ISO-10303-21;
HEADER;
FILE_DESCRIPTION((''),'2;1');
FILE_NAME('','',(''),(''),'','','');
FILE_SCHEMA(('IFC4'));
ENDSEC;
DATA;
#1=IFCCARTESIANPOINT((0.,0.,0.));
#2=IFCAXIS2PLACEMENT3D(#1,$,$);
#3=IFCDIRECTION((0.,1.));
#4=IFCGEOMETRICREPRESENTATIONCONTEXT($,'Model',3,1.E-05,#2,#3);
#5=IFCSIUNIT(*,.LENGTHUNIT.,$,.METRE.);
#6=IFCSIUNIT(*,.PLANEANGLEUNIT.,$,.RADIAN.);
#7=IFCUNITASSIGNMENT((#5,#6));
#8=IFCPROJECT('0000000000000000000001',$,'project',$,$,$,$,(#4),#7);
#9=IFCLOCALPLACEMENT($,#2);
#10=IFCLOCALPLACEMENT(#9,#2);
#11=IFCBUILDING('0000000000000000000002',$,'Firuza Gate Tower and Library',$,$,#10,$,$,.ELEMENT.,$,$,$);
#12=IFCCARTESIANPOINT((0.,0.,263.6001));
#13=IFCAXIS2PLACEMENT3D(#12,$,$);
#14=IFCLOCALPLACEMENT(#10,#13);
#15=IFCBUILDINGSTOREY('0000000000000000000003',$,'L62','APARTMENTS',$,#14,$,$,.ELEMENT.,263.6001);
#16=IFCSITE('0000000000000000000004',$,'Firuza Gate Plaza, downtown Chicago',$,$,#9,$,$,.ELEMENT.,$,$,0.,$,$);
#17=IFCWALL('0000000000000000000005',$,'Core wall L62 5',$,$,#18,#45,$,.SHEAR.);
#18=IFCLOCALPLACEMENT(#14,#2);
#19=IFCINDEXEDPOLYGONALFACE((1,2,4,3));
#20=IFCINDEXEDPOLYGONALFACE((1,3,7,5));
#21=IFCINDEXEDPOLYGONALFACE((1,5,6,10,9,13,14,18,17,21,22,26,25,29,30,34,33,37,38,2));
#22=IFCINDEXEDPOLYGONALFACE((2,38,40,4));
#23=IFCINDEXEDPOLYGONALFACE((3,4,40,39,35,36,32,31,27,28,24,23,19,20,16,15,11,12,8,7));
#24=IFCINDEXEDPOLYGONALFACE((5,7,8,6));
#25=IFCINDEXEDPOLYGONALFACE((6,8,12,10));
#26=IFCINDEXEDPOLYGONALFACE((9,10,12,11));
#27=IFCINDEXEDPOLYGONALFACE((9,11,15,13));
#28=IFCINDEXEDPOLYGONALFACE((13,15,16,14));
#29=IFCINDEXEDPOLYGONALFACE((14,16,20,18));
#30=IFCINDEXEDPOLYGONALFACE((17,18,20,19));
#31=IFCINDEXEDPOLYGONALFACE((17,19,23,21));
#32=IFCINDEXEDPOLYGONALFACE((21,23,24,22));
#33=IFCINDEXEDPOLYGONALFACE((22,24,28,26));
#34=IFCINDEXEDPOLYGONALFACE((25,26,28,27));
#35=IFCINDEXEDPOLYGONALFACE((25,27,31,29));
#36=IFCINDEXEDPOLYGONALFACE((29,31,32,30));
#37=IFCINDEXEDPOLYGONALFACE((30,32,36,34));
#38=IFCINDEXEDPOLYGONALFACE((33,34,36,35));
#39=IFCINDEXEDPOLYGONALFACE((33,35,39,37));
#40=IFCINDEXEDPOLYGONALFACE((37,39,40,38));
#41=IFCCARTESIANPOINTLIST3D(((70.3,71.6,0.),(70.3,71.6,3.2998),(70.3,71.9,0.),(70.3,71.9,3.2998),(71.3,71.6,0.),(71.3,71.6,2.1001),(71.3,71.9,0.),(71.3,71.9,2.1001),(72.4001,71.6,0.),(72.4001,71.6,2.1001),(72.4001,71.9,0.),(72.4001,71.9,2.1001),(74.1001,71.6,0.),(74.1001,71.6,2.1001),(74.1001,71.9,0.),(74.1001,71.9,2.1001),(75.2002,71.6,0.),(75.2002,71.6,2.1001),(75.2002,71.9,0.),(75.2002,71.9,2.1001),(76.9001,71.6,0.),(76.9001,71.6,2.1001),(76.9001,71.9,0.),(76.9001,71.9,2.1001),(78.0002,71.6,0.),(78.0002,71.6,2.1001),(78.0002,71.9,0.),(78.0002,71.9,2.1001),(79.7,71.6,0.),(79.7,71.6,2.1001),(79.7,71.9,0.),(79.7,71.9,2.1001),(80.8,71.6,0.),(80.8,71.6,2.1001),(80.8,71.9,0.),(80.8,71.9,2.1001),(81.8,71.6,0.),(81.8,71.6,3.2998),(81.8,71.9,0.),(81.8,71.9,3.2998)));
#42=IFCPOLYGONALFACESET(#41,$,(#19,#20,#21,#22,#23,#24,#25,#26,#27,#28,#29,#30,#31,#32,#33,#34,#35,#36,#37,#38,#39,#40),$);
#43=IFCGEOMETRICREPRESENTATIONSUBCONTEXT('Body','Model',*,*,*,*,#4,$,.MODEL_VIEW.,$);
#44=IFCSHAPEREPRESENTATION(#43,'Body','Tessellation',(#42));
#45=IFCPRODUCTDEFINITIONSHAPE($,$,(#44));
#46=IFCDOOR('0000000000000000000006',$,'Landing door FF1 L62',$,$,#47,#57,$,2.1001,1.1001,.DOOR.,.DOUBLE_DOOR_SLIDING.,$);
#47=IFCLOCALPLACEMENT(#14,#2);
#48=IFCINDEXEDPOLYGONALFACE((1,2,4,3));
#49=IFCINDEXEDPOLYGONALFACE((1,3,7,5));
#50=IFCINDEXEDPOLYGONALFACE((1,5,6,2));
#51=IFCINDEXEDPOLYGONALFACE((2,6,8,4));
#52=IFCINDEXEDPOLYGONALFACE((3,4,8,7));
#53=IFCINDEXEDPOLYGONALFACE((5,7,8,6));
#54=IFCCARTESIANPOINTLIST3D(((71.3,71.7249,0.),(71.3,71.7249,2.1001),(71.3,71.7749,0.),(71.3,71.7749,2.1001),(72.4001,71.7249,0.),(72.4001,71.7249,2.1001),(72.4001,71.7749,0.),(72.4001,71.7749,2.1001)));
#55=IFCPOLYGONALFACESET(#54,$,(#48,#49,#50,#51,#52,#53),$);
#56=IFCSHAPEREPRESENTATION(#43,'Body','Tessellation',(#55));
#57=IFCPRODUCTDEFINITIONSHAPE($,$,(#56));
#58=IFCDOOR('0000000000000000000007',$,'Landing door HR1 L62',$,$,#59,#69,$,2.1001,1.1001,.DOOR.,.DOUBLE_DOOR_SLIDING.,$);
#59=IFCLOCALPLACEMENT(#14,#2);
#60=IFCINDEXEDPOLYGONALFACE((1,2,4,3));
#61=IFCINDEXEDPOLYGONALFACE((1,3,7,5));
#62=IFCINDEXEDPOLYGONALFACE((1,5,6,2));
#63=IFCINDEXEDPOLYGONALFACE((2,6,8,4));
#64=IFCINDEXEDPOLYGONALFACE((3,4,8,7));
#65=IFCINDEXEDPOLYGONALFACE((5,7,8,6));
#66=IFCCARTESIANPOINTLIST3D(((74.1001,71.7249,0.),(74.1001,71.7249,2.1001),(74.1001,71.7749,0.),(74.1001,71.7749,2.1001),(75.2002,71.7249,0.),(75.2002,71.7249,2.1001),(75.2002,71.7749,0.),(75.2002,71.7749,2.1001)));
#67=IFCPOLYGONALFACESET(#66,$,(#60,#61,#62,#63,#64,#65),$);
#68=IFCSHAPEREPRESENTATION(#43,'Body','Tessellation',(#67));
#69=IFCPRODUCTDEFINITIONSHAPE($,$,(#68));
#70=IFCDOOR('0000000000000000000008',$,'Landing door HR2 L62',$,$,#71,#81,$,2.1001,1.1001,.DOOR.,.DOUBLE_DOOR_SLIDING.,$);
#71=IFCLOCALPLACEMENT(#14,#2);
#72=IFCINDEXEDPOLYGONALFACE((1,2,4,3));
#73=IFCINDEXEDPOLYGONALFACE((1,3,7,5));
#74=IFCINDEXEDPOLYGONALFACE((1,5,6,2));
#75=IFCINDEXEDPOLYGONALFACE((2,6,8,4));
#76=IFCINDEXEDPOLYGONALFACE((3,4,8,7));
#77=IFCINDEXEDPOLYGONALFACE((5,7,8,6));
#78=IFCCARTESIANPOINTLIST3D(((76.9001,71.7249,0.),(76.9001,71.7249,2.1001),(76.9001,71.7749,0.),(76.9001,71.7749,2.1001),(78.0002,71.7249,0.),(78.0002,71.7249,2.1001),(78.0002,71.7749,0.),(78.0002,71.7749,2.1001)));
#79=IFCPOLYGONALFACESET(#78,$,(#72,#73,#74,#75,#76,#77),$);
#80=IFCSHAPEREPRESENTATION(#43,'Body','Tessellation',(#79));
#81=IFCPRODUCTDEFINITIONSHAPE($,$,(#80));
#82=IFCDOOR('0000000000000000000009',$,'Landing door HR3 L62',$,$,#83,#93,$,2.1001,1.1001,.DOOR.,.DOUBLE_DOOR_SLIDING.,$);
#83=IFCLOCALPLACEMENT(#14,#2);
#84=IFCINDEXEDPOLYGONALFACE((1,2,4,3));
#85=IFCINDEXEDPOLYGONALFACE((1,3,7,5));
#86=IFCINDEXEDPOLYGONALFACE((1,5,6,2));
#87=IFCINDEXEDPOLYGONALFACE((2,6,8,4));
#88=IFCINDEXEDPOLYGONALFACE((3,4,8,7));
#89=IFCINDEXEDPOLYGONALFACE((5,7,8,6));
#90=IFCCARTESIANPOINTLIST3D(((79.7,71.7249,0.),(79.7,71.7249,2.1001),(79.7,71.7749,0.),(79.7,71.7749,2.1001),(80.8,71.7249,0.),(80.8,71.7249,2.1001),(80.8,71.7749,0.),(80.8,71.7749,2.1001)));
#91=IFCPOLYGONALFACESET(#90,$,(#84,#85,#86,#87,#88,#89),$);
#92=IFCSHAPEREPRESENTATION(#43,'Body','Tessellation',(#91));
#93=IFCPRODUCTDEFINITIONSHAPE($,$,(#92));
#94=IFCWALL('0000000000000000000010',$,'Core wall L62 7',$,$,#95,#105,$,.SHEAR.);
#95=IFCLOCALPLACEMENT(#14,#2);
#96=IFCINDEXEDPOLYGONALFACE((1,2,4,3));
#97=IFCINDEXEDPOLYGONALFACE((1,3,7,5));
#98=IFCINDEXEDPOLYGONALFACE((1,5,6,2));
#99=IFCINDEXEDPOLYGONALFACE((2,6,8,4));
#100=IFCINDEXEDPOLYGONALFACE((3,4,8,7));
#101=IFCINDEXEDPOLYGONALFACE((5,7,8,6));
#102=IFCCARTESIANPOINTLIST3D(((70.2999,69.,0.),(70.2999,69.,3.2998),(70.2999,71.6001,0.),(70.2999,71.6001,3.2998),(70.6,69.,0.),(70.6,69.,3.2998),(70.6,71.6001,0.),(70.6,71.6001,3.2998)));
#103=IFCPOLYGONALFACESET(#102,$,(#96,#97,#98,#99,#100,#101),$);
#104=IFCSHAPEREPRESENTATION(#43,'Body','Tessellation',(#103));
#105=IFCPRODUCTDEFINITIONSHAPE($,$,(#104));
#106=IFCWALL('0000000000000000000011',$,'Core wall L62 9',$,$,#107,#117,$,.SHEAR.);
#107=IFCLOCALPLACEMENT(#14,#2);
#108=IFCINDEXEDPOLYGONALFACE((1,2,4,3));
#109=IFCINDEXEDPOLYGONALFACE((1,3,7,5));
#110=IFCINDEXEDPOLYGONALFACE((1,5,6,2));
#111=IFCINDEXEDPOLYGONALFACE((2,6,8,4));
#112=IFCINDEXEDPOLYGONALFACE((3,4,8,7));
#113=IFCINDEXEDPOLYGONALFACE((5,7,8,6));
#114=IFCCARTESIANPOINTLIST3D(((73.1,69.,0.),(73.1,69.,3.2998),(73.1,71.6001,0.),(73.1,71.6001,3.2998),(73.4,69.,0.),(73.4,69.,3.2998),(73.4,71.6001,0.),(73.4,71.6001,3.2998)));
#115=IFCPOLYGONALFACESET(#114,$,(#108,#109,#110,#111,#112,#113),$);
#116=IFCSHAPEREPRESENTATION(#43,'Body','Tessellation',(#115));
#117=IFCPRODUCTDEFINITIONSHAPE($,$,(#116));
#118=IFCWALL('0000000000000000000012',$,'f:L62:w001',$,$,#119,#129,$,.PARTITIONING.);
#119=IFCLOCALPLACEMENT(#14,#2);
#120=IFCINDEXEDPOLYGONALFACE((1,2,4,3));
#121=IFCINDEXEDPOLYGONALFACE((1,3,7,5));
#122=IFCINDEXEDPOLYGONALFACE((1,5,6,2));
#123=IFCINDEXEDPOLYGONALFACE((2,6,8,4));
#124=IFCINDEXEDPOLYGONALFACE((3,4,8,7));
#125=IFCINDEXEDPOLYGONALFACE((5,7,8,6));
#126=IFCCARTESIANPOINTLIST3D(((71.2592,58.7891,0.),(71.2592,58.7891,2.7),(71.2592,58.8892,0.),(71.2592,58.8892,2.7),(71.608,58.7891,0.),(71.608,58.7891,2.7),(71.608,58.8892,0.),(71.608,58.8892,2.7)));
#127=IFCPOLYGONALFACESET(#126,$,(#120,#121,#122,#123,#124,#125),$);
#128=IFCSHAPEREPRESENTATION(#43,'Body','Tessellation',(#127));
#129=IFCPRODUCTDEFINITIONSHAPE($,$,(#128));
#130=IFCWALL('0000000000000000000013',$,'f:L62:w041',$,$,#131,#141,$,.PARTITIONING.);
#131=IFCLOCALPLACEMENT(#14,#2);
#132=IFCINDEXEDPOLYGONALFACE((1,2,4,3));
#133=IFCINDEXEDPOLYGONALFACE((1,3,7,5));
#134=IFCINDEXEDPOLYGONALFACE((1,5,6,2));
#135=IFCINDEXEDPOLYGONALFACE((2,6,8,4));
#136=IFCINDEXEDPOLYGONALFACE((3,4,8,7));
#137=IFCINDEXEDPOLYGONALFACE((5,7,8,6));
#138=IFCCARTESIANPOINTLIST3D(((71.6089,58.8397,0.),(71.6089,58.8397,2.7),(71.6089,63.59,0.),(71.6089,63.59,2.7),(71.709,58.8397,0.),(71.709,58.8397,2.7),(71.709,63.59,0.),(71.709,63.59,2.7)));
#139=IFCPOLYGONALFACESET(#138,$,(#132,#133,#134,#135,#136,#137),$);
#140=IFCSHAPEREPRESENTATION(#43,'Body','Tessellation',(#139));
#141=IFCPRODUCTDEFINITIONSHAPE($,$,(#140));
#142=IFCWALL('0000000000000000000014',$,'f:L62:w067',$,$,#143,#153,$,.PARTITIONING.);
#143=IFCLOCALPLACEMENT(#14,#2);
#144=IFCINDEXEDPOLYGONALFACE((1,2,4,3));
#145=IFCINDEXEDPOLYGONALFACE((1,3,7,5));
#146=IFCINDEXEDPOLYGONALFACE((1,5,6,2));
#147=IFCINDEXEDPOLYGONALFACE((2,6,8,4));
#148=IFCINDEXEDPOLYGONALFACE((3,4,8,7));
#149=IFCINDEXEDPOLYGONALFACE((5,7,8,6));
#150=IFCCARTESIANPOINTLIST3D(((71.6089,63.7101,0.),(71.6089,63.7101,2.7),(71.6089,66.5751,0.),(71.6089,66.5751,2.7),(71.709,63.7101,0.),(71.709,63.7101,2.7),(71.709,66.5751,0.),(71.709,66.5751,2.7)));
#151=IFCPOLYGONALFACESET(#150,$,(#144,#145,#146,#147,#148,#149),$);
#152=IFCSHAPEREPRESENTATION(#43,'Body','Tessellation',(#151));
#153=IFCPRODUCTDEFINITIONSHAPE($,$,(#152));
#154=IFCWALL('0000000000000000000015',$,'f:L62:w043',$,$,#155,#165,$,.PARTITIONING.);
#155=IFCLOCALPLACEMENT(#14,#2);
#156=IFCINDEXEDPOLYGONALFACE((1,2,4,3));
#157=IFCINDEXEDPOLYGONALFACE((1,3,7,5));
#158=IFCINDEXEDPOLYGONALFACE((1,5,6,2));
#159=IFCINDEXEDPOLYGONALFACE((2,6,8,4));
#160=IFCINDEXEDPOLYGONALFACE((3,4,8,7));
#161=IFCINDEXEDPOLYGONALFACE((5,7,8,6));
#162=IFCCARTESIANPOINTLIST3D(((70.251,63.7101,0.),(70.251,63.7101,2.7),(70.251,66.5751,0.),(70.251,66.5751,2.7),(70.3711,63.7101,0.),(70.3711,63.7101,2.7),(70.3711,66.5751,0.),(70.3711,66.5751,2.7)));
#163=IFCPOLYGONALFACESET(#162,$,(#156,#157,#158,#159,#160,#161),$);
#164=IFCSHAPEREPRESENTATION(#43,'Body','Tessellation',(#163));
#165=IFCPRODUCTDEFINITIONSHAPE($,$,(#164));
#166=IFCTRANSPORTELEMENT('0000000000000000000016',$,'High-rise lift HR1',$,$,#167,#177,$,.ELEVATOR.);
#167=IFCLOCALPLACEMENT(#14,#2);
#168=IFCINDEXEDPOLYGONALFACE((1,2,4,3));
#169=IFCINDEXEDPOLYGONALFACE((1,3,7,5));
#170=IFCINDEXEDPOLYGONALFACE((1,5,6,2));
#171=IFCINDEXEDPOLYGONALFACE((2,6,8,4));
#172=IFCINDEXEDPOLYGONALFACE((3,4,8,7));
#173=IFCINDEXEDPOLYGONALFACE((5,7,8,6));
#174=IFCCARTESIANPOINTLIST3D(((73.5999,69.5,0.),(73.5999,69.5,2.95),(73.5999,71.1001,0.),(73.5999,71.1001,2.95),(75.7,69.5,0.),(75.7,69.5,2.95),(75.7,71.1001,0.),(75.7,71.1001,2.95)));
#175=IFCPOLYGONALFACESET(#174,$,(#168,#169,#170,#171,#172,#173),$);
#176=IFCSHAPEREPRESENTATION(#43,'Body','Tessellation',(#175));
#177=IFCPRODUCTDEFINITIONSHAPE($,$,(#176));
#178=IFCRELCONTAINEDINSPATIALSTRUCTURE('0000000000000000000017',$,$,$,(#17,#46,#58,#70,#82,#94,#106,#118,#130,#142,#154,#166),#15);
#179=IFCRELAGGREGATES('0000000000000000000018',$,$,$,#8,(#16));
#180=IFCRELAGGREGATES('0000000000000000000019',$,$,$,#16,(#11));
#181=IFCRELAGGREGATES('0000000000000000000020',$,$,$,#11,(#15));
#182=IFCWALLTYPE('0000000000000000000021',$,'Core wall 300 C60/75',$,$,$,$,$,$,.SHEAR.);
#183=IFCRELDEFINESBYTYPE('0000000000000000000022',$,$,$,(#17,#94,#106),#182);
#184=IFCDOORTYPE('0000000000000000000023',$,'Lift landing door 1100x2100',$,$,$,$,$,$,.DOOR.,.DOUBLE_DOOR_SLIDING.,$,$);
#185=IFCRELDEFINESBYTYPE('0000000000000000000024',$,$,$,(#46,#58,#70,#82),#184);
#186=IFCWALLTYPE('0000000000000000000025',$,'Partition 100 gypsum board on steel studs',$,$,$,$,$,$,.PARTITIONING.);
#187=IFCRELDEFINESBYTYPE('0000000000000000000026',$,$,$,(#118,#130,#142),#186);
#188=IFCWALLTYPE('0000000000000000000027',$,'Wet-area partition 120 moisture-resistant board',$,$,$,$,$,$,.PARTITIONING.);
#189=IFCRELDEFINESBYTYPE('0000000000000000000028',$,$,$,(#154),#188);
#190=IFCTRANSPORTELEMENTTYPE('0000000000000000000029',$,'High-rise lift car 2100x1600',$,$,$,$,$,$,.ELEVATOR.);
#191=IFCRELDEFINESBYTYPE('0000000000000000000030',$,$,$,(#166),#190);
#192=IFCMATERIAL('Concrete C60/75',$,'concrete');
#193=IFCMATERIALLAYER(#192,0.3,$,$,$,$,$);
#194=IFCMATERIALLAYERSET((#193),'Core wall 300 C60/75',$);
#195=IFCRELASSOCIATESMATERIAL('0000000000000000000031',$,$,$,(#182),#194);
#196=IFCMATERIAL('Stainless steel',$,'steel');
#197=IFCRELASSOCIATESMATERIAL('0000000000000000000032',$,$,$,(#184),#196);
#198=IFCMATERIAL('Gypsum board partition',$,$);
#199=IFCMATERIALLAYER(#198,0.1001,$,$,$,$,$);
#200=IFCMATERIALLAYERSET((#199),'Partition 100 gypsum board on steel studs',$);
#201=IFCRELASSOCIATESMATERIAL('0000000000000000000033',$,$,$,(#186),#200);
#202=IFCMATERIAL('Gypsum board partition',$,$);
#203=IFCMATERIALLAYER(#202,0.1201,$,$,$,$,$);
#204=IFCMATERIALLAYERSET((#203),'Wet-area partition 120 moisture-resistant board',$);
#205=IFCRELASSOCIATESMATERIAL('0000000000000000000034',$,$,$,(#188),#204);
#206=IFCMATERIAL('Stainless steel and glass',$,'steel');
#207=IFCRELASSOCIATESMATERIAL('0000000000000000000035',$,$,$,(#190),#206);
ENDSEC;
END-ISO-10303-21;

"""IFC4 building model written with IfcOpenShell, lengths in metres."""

from ifc_helpers import new_model, si_unit, direction, frame, frame_2d, origin, origin_2d, place, context, subcontext, project, spatial, rectangle, extrude, material, layer, layer_set, type_object, element, fill, save


model = new_model("IFC4")

# Units and contexts
model_context = context("Model", 3, precision=1e-05, world=origin(), true_north=direction((0.0, 1.0)))
body_context = subcontext(model_context, "Body", "Model", "MODEL_VIEW")
ifc_project = project(units=[si_unit("LENGTHUNIT", "METRE"), si_unit("PLANEANGLEUNIT", "RADIAN")], contexts=[model_context])

# Site, building, storey
site_placement = place(None, origin())
site = spatial("IfcSite", under=ifc_project, at=site_placement, Name="Firuza Gate Plaza, downtown Chicago", CompositionType="ELEMENT", RefElevation=0.0)
building_placement = place(site_placement, origin())
building = spatial("IfcBuilding", under=site, at=building_placement, Name="Firuza Gate Tower and Library", CompositionType="ELEMENT")
storey_placement = place(building_placement, frame((0.0, 0.0, 263.6001)))
storey = spatial("IfcBuildingStorey", under=building, at=storey_placement, Name="L62", Description="APARTMENTS", CompositionType="ELEMENT", Elevation=263.6001)

# Wall, openings, doors
ifc_material_1 = material(Name="Concrete C60/75", Category="concrete")
ifc_layer_1 = layer(ifc_material_1, 0.3)
ifc_layer_set_1 = layer_set([ifc_layer_1], Name="Core wall 300 C60/75")
wall_type_1 = type_object("IfcWallType", Name="Core wall 300 C60/75", PredefinedType="SHEAR", material=ifc_layer_set_1)
wall_1_placement = place(storey_placement, frame((70.3, 71.75, 0.0), z_axis=(0.0, 0.0, 1.0), x_axis=(1.0, 0.0, 0.0)))
wall_1 = element("IfcWall", 1, at=wall_1_placement, inside=storey, type_object=wall_type_1, Name="Core wall L62 5", PredefinedType="SHEAR", context=body_context, shape_type="SweptSolid", body=[
    extrude(rectangle(XDim=11.5, YDim=0.3, at=frame_2d((5.75, 0.0))), origin(), (0.0, 0.0, 1.0), 3.2998),
])
opening_1_placement = place(wall_1_placement, frame((1.0, 0.0, 0.0)))
opening_1 = element("IfcOpeningElement", 2, at=opening_1_placement, cuts=wall_1, PredefinedType="OPENING", context=body_context, shape_type="SweptSolid", body=[
    extrude(rectangle(XDim=1.1001, YDim=2.1001, at=frame_2d((0.55, 1.05))), frame((0.0, 0.1602, 0.0), z_axis=(0.0, -1.0, 0.0), x_axis=(1.0, 0.0, 0.0)), (0.0, 0.0, 1.0), 0.3201),
])
opening_2_placement = place(wall_1_placement, frame((3.8, 0.0, 0.0)))
opening_2 = element("IfcOpeningElement", 3, at=opening_2_placement, cuts=wall_1, PredefinedType="OPENING", context=body_context, shape_type="SweptSolid", body=[
    extrude(rectangle(XDim=1.1001, YDim=2.1001, at=frame_2d((0.55, 1.05))), frame((0.0, 0.1602, 0.0), z_axis=(0.0, -1.0, 0.0), x_axis=(1.0, 0.0, 0.0)), (0.0, 0.0, 1.0), 0.3201),
])
opening_3_placement = place(wall_1_placement, frame((6.6001, 0.0, 0.0)))
opening_3 = element("IfcOpeningElement", 4, at=opening_3_placement, cuts=wall_1, PredefinedType="OPENING", context=body_context, shape_type="SweptSolid", body=[
    extrude(rectangle(XDim=1.1001, YDim=2.1001, at=frame_2d((0.55, 1.05))), frame((0.0, 0.1602, 0.0), z_axis=(0.0, -1.0, 0.0), x_axis=(1.0, 0.0, 0.0)), (0.0, 0.0, 1.0), 0.3201),
])
opening_4_placement = place(wall_1_placement, frame((9.3999, 0.0, 0.0)))
opening_4 = element("IfcOpeningElement", 5, at=opening_4_placement, cuts=wall_1, PredefinedType="OPENING", context=body_context, shape_type="SweptSolid", body=[
    extrude(rectangle(XDim=1.1001, YDim=2.1001, at=frame_2d((0.55, 1.05))), frame((0.0, 0.1602, 0.0), z_axis=(0.0, -1.0, 0.0), x_axis=(1.0, 0.0, 0.0)), (0.0, 0.0, 1.0), 0.3201),
])
ifc_material_2 = material(Name="Stainless steel", Category="steel")
door_type = type_object("IfcDoorType", Name="Lift landing door 1100x2100", OperationType="DOUBLE_DOOR_SLIDING", PredefinedType="DOOR", material=ifc_material_2)
door_1_placement = place(opening_1_placement, origin())
door_1 = element("IfcDoor", 6, at=door_1_placement, inside=storey, type_object=door_type, Name="Landing door FF1 L62", OperationType="DOUBLE_DOOR_SLIDING", OverallHeight=2.1001, OverallWidth=1.1001, PredefinedType="DOOR", context=body_context, shape_type="SweptSolid", body=[
    extrude(rectangle(XDim=1.1001, YDim=2.1001, at=frame_2d((0.55, 1.05))), frame((0.0, 0.0249, 0.0), z_axis=(0.0, -1.0, 0.0), x_axis=(1.0, 0.0, 0.0)), (0.0, 0.0, 1.0), 0.05),
])
fill(opening_1, door_1)
door_2_placement = place(opening_2_placement, origin())
door_2 = element("IfcDoor", 7, at=door_2_placement, inside=storey, type_object=door_type, Name="Landing door HR1 L62", OperationType="DOUBLE_DOOR_SLIDING", OverallHeight=2.1001, OverallWidth=1.1001, PredefinedType="DOOR", context=body_context, shape_type="SweptSolid", body=[
    extrude(rectangle(XDim=1.1001, YDim=2.1001, at=frame_2d((0.55, 1.05))), frame((0.0, 0.0249, 0.0), z_axis=(0.0, -1.0, 0.0), x_axis=(1.0, 0.0, 0.0)), (0.0, 0.0, 1.0), 0.05),
])
fill(opening_2, door_2)
door_3_placement = place(opening_3_placement, origin())
door_3 = element("IfcDoor", 8, at=door_3_placement, inside=storey, type_object=door_type, Name="Landing door HR2 L62", OperationType="DOUBLE_DOOR_SLIDING", OverallHeight=2.1001, OverallWidth=1.1001, PredefinedType="DOOR", context=body_context, shape_type="SweptSolid", body=[
    extrude(rectangle(XDim=1.1001, YDim=2.1001, at=frame_2d((0.55, 1.05))), frame((0.0, 0.0249, 0.0), z_axis=(0.0, -1.0, 0.0), x_axis=(1.0, 0.0, 0.0)), (0.0, 0.0, 1.0), 0.05),
])
fill(opening_3, door_3)
door_4_placement = place(opening_4_placement, origin())
door_4 = element("IfcDoor", 9, at=door_4_placement, inside=storey, type_object=door_type, Name="Landing door HR3 L62", OperationType="DOUBLE_DOOR_SLIDING", OverallHeight=2.1001, OverallWidth=1.1001, PredefinedType="DOOR", context=body_context, shape_type="SweptSolid", body=[
    extrude(rectangle(XDim=1.1001, YDim=2.1001, at=frame_2d((0.55, 1.05))), frame((0.0, 0.0249, 0.0), z_axis=(0.0, -1.0, 0.0), x_axis=(1.0, 0.0, 0.0)), (0.0, 0.0, 1.0), 0.05),
])
fill(opening_4, door_4)

# Walls
for number, where, z_axis, x_axis, name in (
    (10, (70.45, 69.0, 0.0), (0.0, 0.0, 1.0), (0.0, 1.0, 0.0), "Core wall L62 7"),
    (11, (73.25, 69.0, 0.0), (0.0, 0.0, 1.0), (0.0, 1.0, 0.0), "Core wall L62 9"),
):
    element("IfcWall", number, at=place(storey_placement, frame(where, z_axis=z_axis, x_axis=x_axis)), inside=storey, type_object=wall_type_1, Name=name, PredefinedType="SHEAR", context=body_context, shape_type="SweptSolid", body=[
        extrude(rectangle(XDim=2.6001, YDim=0.3, at=frame_2d((1.3, 0.0))), origin(), (0.0, 0.0, 1.0), 3.2998),
    ])
ifc_material_3 = material(Name="Gypsum board partition")
ifc_layer_2 = layer(ifc_material_3, 0.1001)
ifc_layer_set_2 = layer_set([ifc_layer_2], Name="Partition 100 gypsum board on steel studs")
wall_type_2 = type_object("IfcWallType", Name="Partition 100 gypsum board on steel studs", PredefinedType="PARTITIONING", material=ifc_layer_set_2)
wall_2_placement = place(storey_placement, frame((71.2593, 58.8391, 0.0), z_axis=(0.0, 0.0, 1.0), x_axis=(1.0, 0.0, 0.0)))
element("IfcWall", 12, at=wall_2_placement, inside=storey, type_object=wall_type_2, Name="f:L62:w001", PredefinedType="PARTITIONING", context=body_context, shape_type="SweptSolid", body=[
    extrude(rectangle(XDim=0.3489, YDim=0.1001, at=frame_2d((0.1743, 0.0))), origin(), (0.0, 0.0, 1.0), 2.7),
])
wall_3_placement = place(storey_placement, frame((71.6589, 58.8398, 0.0), z_axis=(0.0, 0.0, 1.0), x_axis=(0.0, 1.0, 0.0)))
element("IfcWall", 13, at=wall_3_placement, inside=storey, type_object=wall_type_2, Name="f:L62:w041", PredefinedType="PARTITIONING", context=body_context, shape_type="SweptSolid", body=[
    extrude(rectangle(XDim=4.7502, YDim=0.1001, at=frame_2d((2.375, 0.0))), origin(), (0.0, 0.0, 1.0), 2.7),
])
wall_4_placement = place(storey_placement, frame((71.6589, 63.71, 0.0), z_axis=(0.0, 0.0, 1.0), x_axis=(0.0, 1.0, 0.0)))
element("IfcWall", 14, at=wall_4_placement, inside=storey, type_object=wall_type_2, Name="f:L62:w067", PredefinedType="PARTITIONING", context=body_context, shape_type="SweptSolid", body=[
    extrude(rectangle(XDim=2.865, YDim=0.1001, at=frame_2d((1.4326, 0.0))), origin(), (0.0, 0.0, 1.0), 2.7),
])
ifc_material_4 = material(Name="Gypsum board partition")
ifc_layer_3 = layer(ifc_material_4, 0.1201)
ifc_layer_set_3 = layer_set([ifc_layer_3], Name="Wet-area partition 120 moisture-resistant board")
wall_type_3 = type_object("IfcWallType", Name="Wet-area partition 120 moisture-resistant board", PredefinedType="PARTITIONING", material=ifc_layer_set_3)
wall_5_placement = place(storey_placement, frame((70.311, 63.71, 0.0), z_axis=(0.0, 0.0, 1.0), x_axis=(0.0, 1.0, 0.0)))
element("IfcWall", 15, at=wall_5_placement, inside=storey, type_object=wall_type_3, Name="f:L62:w043", PredefinedType="PARTITIONING", context=body_context, shape_type="SweptSolid", body=[
    extrude(rectangle(XDim=2.865, YDim=0.1201, at=frame_2d((1.4326, 0.0))), origin(), (0.0, 0.0, 1.0), 2.7),
])

# Transport element
ifc_material_5 = material(Name="Stainless steel and glass", Category="steel")
transport_element_type = type_object("IfcTransportElementType", Name="High-rise lift car 2100x1600", PredefinedType="ELEVATOR", material=ifc_material_5)
transport_element_placement = place(storey_placement, frame((74.6499, 70.3, 0.0), z_axis=(0.0, 0.0, 1.0), x_axis=(1.0, 0.0, 0.0)))
element("IfcTransportElement", 16, at=transport_element_placement, inside=storey, type_object=transport_element_type, Name="High-rise lift HR1", PredefinedType="ELEVATOR", context=body_context, shape_type="SweptSolid", body=[
    extrude(rectangle(XDim=2.1001, YDim=1.6001, at=origin_2d()), origin(), (0.0, 0.0, 1.0), 2.95),
])

save(model, "model.ifc")
